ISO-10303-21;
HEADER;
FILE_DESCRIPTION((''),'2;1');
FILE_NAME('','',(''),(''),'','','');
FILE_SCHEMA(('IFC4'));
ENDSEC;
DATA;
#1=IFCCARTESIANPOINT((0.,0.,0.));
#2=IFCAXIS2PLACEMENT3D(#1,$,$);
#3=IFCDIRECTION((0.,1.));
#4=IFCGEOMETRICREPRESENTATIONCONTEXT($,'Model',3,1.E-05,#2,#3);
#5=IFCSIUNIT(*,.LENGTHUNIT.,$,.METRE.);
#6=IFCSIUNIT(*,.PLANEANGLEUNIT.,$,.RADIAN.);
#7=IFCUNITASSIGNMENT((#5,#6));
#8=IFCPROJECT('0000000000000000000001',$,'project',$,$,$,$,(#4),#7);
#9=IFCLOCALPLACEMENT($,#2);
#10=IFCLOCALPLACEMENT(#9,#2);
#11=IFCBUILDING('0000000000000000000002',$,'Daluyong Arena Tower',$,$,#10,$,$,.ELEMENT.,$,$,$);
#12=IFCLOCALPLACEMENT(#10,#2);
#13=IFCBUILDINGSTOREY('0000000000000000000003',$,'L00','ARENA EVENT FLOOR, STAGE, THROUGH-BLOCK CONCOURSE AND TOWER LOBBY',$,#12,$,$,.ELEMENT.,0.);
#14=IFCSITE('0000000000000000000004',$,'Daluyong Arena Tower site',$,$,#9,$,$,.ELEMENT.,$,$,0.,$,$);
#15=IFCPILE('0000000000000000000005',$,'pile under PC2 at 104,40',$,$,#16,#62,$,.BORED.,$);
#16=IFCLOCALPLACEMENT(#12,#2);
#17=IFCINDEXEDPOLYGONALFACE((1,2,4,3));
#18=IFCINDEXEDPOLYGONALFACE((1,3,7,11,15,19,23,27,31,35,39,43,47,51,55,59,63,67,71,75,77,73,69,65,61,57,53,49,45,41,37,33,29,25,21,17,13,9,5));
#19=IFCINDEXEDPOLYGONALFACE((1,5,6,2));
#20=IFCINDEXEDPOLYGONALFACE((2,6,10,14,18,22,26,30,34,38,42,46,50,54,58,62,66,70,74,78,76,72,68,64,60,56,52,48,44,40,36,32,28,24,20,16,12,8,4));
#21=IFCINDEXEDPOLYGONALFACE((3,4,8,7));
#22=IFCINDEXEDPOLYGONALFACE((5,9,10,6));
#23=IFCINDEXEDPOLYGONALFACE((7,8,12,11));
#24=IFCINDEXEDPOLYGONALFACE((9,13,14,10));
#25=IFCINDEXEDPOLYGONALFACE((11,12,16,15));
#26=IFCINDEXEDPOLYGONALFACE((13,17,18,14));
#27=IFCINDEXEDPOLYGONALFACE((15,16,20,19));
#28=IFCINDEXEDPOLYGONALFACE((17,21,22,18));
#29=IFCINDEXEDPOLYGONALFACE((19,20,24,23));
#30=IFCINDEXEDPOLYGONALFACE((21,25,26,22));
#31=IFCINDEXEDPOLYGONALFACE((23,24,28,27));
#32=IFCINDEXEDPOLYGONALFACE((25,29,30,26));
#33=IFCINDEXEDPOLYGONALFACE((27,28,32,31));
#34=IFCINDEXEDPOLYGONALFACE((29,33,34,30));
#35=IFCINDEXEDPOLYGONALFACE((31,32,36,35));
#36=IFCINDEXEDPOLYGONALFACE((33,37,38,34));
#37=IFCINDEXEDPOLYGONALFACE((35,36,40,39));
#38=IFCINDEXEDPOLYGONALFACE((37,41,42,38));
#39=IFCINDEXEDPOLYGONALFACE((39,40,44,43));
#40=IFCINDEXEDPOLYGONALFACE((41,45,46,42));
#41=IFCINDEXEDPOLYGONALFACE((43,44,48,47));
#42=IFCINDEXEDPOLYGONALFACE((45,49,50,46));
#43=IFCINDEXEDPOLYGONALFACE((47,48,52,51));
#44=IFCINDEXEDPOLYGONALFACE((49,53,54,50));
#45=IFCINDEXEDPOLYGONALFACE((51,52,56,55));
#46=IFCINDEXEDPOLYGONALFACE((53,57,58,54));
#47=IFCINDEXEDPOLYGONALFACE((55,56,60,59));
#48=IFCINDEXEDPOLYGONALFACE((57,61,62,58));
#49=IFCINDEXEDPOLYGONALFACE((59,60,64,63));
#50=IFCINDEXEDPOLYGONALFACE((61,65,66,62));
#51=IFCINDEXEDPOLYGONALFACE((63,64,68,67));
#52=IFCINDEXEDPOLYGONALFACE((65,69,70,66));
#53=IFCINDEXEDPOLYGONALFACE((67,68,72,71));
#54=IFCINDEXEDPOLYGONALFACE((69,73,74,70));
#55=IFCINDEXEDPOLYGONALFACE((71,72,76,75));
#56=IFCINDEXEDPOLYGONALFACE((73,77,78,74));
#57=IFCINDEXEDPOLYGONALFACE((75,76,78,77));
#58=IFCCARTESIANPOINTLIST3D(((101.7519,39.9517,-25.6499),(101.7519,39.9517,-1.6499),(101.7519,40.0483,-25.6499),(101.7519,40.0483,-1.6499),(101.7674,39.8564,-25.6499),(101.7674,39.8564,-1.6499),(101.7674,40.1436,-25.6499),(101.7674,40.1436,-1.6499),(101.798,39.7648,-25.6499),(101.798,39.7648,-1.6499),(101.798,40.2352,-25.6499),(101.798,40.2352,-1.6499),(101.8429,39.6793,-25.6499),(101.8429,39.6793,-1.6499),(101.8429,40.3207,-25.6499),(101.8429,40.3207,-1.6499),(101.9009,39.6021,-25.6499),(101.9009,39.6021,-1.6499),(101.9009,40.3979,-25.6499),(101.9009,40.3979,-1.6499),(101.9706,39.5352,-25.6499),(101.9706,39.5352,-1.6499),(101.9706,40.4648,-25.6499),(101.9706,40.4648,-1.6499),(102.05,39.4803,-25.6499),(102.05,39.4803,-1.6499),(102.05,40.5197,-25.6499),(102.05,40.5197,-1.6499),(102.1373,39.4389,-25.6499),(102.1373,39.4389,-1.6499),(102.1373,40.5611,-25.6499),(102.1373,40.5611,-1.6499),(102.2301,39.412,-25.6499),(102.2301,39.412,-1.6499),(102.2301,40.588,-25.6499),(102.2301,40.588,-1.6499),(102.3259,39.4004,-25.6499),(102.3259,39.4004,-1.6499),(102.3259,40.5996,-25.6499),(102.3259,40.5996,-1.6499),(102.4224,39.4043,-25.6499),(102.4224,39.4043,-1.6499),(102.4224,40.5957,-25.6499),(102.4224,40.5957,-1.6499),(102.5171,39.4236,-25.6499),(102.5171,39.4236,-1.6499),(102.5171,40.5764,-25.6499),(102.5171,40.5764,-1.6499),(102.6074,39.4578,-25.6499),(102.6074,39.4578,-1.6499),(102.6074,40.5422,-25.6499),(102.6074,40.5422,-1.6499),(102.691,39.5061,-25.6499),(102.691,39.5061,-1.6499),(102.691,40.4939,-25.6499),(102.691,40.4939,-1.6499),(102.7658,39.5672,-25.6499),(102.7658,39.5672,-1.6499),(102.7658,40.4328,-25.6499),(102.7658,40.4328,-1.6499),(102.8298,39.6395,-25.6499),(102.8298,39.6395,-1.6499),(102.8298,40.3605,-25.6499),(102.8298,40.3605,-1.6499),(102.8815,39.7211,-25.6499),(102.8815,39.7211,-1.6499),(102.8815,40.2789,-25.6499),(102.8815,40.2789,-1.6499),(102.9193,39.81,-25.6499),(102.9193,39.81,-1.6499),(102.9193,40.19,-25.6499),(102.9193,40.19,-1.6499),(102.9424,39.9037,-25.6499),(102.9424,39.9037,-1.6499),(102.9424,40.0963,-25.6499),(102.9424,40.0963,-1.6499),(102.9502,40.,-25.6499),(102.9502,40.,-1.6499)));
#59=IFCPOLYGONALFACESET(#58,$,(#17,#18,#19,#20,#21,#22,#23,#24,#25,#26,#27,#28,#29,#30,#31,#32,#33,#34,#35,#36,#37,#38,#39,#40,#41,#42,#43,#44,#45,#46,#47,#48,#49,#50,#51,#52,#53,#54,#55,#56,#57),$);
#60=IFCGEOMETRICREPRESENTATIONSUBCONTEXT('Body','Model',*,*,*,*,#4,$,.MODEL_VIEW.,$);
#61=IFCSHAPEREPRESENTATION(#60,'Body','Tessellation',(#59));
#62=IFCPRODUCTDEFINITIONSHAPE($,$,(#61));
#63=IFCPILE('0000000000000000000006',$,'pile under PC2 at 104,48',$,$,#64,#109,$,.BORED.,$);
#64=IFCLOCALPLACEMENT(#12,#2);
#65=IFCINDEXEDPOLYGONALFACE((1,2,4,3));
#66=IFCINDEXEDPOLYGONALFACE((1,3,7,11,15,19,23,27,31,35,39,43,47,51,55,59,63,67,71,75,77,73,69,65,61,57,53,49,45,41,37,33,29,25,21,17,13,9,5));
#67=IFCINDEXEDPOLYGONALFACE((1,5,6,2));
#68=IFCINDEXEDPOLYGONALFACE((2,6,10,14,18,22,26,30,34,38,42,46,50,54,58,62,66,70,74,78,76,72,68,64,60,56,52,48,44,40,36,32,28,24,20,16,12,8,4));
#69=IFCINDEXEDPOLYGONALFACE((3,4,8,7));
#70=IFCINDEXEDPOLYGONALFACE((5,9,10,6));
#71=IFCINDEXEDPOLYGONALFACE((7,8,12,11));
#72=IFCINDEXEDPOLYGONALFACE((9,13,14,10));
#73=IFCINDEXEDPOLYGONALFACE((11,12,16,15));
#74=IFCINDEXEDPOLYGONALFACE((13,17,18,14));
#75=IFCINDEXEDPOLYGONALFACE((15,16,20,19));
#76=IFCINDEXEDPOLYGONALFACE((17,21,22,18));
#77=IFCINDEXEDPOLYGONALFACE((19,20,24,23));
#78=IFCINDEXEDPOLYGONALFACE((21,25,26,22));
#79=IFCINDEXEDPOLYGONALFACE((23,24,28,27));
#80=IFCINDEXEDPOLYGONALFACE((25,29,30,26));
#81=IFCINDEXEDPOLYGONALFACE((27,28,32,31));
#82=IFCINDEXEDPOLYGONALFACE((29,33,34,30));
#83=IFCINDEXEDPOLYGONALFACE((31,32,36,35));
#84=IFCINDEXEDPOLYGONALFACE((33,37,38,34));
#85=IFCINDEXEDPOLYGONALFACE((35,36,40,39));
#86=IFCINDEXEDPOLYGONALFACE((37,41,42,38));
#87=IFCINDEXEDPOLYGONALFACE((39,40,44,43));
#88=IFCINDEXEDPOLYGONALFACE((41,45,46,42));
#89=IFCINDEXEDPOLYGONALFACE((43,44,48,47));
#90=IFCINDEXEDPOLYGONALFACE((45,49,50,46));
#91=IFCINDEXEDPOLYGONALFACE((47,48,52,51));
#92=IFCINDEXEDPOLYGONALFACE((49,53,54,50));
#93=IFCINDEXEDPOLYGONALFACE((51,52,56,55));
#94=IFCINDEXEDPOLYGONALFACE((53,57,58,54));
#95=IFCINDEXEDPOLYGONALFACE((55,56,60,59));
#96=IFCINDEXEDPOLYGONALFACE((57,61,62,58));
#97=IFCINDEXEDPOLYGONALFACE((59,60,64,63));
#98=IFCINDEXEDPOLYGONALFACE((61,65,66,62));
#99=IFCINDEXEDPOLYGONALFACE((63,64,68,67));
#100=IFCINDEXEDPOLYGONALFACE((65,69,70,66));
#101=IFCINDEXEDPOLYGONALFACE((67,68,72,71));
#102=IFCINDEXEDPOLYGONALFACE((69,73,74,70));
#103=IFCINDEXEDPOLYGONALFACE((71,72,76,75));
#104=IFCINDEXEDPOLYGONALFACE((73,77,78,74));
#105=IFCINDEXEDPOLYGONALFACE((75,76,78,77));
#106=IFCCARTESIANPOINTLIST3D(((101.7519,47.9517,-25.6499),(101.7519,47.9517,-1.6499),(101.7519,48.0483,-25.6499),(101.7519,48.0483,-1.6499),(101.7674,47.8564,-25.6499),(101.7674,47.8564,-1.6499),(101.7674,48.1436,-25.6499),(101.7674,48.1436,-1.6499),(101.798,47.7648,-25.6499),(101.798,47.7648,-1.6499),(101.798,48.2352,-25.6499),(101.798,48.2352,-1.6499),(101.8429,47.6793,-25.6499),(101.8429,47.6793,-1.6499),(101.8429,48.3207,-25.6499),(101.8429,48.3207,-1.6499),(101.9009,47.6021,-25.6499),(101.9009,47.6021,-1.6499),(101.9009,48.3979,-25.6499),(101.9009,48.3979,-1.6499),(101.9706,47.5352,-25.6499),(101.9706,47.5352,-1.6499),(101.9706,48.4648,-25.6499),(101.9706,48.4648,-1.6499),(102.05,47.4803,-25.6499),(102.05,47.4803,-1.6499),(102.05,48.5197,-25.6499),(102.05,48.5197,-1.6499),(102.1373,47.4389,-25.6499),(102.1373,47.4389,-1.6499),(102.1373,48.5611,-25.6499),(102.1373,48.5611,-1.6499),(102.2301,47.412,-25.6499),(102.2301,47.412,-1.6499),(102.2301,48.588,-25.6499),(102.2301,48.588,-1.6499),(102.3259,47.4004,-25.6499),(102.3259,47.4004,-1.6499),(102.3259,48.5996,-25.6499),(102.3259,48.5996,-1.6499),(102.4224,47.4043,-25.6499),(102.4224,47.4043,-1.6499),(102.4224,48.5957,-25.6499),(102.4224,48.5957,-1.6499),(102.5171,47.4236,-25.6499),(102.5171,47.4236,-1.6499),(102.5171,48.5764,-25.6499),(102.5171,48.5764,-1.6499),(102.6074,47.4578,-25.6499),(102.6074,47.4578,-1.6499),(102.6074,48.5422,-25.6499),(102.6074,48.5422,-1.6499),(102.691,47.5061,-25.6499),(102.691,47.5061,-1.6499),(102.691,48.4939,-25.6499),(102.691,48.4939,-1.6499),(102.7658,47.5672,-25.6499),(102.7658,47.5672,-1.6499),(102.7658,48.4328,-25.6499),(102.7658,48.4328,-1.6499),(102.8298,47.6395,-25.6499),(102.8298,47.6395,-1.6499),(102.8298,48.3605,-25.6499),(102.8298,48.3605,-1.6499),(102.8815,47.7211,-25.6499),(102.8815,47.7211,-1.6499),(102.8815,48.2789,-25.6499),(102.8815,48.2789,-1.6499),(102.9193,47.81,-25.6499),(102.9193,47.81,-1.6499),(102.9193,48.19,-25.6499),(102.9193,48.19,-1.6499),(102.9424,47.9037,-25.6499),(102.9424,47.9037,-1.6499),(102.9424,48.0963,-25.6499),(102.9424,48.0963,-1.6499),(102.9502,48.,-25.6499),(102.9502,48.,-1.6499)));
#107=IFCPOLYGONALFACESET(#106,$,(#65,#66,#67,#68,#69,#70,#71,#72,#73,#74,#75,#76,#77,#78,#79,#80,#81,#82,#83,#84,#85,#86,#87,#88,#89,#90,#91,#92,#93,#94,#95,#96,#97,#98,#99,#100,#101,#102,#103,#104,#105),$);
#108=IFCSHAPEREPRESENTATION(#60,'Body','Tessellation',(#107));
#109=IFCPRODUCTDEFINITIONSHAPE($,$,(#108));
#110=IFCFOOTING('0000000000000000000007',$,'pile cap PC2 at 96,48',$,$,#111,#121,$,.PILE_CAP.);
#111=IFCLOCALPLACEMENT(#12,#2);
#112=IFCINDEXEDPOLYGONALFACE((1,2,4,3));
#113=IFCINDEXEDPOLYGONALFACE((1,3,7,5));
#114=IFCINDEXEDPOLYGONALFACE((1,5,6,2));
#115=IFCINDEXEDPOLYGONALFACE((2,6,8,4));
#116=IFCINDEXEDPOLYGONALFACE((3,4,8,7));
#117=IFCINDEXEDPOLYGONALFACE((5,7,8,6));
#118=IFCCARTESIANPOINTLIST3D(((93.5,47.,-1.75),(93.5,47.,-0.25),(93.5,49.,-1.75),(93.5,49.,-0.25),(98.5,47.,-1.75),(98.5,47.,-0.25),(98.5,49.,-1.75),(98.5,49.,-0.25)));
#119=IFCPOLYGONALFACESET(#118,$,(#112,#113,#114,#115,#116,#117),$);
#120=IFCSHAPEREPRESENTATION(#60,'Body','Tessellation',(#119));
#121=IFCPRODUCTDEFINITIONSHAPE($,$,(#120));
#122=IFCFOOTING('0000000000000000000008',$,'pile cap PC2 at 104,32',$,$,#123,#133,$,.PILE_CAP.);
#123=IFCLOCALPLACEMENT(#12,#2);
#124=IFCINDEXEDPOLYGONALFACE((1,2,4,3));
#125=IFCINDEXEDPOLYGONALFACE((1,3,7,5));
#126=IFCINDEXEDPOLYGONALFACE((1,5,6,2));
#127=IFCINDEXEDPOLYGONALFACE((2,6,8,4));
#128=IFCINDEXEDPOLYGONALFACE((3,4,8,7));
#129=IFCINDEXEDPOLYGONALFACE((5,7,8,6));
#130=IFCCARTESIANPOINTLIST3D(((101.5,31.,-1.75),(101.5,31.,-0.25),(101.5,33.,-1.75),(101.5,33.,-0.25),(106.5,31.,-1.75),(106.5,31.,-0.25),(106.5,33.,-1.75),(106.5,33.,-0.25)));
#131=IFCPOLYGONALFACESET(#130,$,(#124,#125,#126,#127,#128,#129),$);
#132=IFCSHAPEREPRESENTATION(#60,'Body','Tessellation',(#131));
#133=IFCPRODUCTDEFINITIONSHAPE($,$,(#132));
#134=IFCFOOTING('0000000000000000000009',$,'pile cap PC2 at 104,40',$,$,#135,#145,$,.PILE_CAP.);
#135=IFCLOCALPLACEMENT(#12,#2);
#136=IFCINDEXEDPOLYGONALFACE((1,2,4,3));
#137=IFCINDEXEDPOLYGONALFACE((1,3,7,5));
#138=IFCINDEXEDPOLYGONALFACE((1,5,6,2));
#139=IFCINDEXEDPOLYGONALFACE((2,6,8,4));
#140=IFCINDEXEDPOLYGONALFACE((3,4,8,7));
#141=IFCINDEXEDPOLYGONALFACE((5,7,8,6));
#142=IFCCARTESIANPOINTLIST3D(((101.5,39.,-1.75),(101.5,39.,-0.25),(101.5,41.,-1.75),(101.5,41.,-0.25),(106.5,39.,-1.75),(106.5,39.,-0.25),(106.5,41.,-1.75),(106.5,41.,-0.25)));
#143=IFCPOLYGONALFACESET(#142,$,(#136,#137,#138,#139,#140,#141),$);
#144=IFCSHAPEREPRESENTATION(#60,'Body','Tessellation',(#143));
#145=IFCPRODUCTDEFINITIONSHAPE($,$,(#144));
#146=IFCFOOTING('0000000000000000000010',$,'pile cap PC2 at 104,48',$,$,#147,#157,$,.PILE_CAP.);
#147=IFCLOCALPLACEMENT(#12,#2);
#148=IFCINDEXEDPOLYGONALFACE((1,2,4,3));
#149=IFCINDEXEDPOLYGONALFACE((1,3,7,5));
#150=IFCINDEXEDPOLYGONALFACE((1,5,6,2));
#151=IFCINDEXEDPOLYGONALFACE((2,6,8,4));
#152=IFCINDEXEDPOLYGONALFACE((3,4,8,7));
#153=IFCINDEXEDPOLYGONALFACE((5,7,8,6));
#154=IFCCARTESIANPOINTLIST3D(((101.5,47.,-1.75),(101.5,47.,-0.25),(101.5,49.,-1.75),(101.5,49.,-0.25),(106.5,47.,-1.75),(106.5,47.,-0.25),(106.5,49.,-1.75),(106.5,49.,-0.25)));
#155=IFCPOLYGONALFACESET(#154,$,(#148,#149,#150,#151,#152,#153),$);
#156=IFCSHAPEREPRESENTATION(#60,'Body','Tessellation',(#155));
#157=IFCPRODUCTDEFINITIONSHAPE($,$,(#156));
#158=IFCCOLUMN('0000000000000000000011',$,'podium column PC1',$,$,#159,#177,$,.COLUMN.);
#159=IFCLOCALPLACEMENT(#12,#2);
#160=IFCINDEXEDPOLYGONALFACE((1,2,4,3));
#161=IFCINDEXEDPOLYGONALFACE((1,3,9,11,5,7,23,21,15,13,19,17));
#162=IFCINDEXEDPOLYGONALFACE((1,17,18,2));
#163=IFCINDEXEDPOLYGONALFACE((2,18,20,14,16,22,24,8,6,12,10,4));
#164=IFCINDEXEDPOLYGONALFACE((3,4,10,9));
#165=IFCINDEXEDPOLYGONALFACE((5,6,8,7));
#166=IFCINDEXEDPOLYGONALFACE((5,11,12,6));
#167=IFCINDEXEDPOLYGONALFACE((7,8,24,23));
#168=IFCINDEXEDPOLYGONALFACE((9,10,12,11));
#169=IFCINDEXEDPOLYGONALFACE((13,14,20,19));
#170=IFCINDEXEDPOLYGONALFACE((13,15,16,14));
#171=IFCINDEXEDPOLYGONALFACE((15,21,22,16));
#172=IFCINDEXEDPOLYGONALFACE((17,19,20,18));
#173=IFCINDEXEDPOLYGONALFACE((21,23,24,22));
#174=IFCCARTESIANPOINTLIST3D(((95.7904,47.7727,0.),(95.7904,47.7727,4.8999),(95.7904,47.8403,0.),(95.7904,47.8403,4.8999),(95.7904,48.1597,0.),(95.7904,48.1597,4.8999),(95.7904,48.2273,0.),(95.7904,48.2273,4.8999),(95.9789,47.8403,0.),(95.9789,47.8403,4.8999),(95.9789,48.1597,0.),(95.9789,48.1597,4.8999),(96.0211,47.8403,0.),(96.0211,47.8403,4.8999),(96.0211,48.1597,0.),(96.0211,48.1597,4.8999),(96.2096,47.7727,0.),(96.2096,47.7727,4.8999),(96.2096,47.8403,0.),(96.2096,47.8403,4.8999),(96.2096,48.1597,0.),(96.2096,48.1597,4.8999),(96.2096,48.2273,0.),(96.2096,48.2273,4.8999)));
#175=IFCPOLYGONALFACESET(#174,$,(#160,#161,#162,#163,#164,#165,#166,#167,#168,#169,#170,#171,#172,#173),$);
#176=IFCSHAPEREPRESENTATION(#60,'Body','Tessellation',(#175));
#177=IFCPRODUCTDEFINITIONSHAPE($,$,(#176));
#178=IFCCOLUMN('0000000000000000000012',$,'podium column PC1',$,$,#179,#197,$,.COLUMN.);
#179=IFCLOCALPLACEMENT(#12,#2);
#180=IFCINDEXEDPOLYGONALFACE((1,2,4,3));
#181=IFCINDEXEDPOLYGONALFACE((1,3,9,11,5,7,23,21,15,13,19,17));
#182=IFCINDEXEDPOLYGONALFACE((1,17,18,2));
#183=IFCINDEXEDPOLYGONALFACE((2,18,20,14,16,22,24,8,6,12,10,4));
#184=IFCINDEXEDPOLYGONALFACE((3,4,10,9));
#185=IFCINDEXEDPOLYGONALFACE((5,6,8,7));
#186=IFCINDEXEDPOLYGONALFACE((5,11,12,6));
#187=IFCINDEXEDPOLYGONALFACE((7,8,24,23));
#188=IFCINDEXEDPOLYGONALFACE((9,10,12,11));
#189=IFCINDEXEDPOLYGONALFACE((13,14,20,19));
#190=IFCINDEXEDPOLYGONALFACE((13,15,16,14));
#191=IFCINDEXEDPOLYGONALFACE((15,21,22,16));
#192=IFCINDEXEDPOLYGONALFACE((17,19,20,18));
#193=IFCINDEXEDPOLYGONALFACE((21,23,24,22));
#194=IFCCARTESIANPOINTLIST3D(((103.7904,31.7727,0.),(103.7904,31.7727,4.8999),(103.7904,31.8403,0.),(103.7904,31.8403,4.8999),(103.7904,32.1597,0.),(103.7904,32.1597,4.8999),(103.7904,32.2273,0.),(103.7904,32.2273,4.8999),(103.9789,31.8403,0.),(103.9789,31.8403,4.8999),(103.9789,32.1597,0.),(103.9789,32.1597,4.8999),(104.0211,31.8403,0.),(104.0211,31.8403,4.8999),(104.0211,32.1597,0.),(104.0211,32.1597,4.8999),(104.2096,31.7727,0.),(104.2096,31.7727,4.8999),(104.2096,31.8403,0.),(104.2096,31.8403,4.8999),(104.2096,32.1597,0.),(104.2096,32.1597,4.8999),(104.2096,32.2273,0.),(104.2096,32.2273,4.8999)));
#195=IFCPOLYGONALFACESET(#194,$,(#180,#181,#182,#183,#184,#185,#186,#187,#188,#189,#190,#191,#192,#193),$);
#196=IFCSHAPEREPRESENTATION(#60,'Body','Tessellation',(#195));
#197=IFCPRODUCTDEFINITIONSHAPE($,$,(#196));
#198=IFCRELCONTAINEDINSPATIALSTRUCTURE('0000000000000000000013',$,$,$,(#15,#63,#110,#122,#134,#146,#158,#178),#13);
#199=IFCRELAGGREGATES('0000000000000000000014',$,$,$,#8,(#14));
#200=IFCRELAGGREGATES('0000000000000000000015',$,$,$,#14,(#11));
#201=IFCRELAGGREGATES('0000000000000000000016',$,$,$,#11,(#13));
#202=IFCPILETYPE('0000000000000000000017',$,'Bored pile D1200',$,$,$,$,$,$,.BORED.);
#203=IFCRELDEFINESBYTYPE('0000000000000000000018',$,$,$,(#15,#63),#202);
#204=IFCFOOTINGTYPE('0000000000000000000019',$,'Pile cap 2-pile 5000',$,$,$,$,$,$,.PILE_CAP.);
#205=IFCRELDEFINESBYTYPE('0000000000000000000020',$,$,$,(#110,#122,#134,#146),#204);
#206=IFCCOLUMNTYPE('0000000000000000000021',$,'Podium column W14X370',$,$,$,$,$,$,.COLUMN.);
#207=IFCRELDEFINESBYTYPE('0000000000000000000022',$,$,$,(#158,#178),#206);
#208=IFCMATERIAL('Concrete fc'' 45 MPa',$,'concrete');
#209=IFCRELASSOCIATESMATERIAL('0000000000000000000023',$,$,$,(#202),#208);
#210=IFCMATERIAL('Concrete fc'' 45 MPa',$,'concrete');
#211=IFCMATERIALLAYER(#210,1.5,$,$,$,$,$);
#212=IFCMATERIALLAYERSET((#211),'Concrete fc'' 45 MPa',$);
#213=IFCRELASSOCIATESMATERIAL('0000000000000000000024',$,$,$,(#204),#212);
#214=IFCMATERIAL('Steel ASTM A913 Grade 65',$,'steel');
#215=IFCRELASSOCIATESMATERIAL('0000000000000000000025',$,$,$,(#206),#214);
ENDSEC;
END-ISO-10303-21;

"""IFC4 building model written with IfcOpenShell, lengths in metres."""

from ifc_helpers import new_model, si_unit, direction, frame, origin, origin_2d, place, context, subcontext, project, spatial, rectangle, circle, i_section, extrude, material, layer, layer_set, material_profile, profile_set, type_object, element, save


model = new_model("IFC4")

# Units and contexts
model_context = context("Model", 3, precision=1e-05, world=origin(), true_north=direction((0.0, 1.0)))
body_context = subcontext(model_context, "Body", "Model", "MODEL_VIEW")
ifc_project = project(units=[si_unit("LENGTHUNIT", "METRE"), si_unit("PLANEANGLEUNIT", "RADIAN")], contexts=[model_context])

# Site, building, storey
site_placement = place(None, origin())
site = spatial("IfcSite", under=ifc_project, at=site_placement, Name="Daluyong Arena Tower site", CompositionType="ELEMENT", RefElevation=0.0)
building_placement = place(site_placement, origin())
building = spatial("IfcBuilding", under=site, at=building_placement, Name="Daluyong Arena Tower", CompositionType="ELEMENT")
storey_placement = place(building_placement, origin())
storey = spatial("IfcBuildingStorey", under=building, at=storey_placement, Name="L00", Description="ARENA EVENT FLOOR, STAGE, THROUGH-BLOCK CONCOURSE AND TOWER LOBBY", CompositionType="ELEMENT", Elevation=0.0)

# Piles
ifc_material_1 = material(Name="Concrete fc' 45 MPa", Category="concrete")
pile_type = type_object("IfcPileType", Name="Bored pile D1200", PredefinedType="BORED", material=ifc_material_1)
for number, where, z_axis, x_axis, name in (
    (1, (102.3501, 40.0, -1.6499), (0.0, 0.0, -1.0), (1.0, 0.0, 0.0), "pile under PC2 at 104,40"),
    (2, (102.3501, 48.0, -1.6499), (0.0, 0.0, -1.0), (1.0, 0.0, 0.0), "pile under PC2 at 104,48"),
):
    element("IfcPile", number, at=place(storey_placement, frame(where, z_axis=z_axis, x_axis=x_axis)), inside=storey, type_object=pile_type, Name=name, PredefinedType="BORED", context=body_context, shape_type="SweptSolid", body=[
        extrude(circle(Radius=0.6001, at=origin_2d()), origin(), (0.0, 0.0, 1.0), 24.0),
    ])

# Footings
ifc_material_2 = material(Name="Concrete fc' 45 MPa", Category="concrete")
ifc_layer_1 = layer(ifc_material_2, 1.5)
ifc_layer_set_1 = layer_set([ifc_layer_1], Name="Concrete fc' 45 MPa")
footing_type = type_object("IfcFootingType", Name="Pile cap 2-pile 5000", PredefinedType="PILE_CAP", material=ifc_layer_set_1)
for number, where, z_axis, x_axis, name in (
    (3, (96.0, 48.0, -1.75), (0.0, 0.0, 1.0), (1.0, 0.0, 0.0), "pile cap PC2 at 96,48"),
    (4, (104.0, 32.0, -1.75), (0.0, 0.0, 1.0), (1.0, 0.0, 0.0), "pile cap PC2 at 104,32"),
    (5, (104.0, 40.0, -1.75), (0.0, 0.0, 1.0), (1.0, 0.0, 0.0), "pile cap PC2 at 104,40"),
    (6, (104.0, 48.0, -1.75), (0.0, 0.0, 1.0), (1.0, 0.0, 0.0), "pile cap PC2 at 104,48"),
):
    element("IfcFooting", number, at=place(storey_placement, frame(where, z_axis=z_axis, x_axis=x_axis)), inside=storey, type_object=footing_type, Name=name, PredefinedType="PILE_CAP", context=body_context, shape_type="SweptSolid", body=[
        extrude(rectangle(XDim=5.0, YDim=2.0, at=origin_2d()), origin(), (0.0, 0.0, 1.0), 1.5),
    ])

# Columns
ifc_material_3 = material(Name="Steel ASTM A913 Grade 65", Category="steel")
ifc_material_profile = material_profile(ifc_material_3, i_section(OverallWidth=0.4192, OverallDepth=0.4546, WebThickness=0.0422, FlangeThickness=0.0676, at=origin_2d()))
ifc_profile_set = profile_set([ifc_material_profile], Name="Steel ASTM A913 Grade 65")
column_type = type_object("IfcColumnType", Name="Podium column W14X370", PredefinedType="COLUMN", material=ifc_profile_set)
for number, where, z_axis, x_axis, name in (
    (7, (96.0, 48.0, 0.0), (0.0, 0.0, 1.0), (1.0, 0.0, 0.0), "podium column PC1"),
    (8, (104.0, 32.0, 0.0), (0.0, 0.0, 1.0), (1.0, 0.0, 0.0), "podium column PC1"),
):
    element("IfcColumn", number, at=place(storey_placement, frame(where, z_axis=z_axis, x_axis=x_axis)), inside=storey, type_object=column_type, Name=name, PredefinedType="COLUMN", context=body_context, shape_type="SweptSolid", body=[
        extrude(i_section(OverallWidth=0.4192, OverallDepth=0.4546, WebThickness=0.0422, FlangeThickness=0.0676, at=origin_2d()), origin(), (0.0, 0.0, 1.0), 4.8999),
    ])

save(model, "model.ifc")
